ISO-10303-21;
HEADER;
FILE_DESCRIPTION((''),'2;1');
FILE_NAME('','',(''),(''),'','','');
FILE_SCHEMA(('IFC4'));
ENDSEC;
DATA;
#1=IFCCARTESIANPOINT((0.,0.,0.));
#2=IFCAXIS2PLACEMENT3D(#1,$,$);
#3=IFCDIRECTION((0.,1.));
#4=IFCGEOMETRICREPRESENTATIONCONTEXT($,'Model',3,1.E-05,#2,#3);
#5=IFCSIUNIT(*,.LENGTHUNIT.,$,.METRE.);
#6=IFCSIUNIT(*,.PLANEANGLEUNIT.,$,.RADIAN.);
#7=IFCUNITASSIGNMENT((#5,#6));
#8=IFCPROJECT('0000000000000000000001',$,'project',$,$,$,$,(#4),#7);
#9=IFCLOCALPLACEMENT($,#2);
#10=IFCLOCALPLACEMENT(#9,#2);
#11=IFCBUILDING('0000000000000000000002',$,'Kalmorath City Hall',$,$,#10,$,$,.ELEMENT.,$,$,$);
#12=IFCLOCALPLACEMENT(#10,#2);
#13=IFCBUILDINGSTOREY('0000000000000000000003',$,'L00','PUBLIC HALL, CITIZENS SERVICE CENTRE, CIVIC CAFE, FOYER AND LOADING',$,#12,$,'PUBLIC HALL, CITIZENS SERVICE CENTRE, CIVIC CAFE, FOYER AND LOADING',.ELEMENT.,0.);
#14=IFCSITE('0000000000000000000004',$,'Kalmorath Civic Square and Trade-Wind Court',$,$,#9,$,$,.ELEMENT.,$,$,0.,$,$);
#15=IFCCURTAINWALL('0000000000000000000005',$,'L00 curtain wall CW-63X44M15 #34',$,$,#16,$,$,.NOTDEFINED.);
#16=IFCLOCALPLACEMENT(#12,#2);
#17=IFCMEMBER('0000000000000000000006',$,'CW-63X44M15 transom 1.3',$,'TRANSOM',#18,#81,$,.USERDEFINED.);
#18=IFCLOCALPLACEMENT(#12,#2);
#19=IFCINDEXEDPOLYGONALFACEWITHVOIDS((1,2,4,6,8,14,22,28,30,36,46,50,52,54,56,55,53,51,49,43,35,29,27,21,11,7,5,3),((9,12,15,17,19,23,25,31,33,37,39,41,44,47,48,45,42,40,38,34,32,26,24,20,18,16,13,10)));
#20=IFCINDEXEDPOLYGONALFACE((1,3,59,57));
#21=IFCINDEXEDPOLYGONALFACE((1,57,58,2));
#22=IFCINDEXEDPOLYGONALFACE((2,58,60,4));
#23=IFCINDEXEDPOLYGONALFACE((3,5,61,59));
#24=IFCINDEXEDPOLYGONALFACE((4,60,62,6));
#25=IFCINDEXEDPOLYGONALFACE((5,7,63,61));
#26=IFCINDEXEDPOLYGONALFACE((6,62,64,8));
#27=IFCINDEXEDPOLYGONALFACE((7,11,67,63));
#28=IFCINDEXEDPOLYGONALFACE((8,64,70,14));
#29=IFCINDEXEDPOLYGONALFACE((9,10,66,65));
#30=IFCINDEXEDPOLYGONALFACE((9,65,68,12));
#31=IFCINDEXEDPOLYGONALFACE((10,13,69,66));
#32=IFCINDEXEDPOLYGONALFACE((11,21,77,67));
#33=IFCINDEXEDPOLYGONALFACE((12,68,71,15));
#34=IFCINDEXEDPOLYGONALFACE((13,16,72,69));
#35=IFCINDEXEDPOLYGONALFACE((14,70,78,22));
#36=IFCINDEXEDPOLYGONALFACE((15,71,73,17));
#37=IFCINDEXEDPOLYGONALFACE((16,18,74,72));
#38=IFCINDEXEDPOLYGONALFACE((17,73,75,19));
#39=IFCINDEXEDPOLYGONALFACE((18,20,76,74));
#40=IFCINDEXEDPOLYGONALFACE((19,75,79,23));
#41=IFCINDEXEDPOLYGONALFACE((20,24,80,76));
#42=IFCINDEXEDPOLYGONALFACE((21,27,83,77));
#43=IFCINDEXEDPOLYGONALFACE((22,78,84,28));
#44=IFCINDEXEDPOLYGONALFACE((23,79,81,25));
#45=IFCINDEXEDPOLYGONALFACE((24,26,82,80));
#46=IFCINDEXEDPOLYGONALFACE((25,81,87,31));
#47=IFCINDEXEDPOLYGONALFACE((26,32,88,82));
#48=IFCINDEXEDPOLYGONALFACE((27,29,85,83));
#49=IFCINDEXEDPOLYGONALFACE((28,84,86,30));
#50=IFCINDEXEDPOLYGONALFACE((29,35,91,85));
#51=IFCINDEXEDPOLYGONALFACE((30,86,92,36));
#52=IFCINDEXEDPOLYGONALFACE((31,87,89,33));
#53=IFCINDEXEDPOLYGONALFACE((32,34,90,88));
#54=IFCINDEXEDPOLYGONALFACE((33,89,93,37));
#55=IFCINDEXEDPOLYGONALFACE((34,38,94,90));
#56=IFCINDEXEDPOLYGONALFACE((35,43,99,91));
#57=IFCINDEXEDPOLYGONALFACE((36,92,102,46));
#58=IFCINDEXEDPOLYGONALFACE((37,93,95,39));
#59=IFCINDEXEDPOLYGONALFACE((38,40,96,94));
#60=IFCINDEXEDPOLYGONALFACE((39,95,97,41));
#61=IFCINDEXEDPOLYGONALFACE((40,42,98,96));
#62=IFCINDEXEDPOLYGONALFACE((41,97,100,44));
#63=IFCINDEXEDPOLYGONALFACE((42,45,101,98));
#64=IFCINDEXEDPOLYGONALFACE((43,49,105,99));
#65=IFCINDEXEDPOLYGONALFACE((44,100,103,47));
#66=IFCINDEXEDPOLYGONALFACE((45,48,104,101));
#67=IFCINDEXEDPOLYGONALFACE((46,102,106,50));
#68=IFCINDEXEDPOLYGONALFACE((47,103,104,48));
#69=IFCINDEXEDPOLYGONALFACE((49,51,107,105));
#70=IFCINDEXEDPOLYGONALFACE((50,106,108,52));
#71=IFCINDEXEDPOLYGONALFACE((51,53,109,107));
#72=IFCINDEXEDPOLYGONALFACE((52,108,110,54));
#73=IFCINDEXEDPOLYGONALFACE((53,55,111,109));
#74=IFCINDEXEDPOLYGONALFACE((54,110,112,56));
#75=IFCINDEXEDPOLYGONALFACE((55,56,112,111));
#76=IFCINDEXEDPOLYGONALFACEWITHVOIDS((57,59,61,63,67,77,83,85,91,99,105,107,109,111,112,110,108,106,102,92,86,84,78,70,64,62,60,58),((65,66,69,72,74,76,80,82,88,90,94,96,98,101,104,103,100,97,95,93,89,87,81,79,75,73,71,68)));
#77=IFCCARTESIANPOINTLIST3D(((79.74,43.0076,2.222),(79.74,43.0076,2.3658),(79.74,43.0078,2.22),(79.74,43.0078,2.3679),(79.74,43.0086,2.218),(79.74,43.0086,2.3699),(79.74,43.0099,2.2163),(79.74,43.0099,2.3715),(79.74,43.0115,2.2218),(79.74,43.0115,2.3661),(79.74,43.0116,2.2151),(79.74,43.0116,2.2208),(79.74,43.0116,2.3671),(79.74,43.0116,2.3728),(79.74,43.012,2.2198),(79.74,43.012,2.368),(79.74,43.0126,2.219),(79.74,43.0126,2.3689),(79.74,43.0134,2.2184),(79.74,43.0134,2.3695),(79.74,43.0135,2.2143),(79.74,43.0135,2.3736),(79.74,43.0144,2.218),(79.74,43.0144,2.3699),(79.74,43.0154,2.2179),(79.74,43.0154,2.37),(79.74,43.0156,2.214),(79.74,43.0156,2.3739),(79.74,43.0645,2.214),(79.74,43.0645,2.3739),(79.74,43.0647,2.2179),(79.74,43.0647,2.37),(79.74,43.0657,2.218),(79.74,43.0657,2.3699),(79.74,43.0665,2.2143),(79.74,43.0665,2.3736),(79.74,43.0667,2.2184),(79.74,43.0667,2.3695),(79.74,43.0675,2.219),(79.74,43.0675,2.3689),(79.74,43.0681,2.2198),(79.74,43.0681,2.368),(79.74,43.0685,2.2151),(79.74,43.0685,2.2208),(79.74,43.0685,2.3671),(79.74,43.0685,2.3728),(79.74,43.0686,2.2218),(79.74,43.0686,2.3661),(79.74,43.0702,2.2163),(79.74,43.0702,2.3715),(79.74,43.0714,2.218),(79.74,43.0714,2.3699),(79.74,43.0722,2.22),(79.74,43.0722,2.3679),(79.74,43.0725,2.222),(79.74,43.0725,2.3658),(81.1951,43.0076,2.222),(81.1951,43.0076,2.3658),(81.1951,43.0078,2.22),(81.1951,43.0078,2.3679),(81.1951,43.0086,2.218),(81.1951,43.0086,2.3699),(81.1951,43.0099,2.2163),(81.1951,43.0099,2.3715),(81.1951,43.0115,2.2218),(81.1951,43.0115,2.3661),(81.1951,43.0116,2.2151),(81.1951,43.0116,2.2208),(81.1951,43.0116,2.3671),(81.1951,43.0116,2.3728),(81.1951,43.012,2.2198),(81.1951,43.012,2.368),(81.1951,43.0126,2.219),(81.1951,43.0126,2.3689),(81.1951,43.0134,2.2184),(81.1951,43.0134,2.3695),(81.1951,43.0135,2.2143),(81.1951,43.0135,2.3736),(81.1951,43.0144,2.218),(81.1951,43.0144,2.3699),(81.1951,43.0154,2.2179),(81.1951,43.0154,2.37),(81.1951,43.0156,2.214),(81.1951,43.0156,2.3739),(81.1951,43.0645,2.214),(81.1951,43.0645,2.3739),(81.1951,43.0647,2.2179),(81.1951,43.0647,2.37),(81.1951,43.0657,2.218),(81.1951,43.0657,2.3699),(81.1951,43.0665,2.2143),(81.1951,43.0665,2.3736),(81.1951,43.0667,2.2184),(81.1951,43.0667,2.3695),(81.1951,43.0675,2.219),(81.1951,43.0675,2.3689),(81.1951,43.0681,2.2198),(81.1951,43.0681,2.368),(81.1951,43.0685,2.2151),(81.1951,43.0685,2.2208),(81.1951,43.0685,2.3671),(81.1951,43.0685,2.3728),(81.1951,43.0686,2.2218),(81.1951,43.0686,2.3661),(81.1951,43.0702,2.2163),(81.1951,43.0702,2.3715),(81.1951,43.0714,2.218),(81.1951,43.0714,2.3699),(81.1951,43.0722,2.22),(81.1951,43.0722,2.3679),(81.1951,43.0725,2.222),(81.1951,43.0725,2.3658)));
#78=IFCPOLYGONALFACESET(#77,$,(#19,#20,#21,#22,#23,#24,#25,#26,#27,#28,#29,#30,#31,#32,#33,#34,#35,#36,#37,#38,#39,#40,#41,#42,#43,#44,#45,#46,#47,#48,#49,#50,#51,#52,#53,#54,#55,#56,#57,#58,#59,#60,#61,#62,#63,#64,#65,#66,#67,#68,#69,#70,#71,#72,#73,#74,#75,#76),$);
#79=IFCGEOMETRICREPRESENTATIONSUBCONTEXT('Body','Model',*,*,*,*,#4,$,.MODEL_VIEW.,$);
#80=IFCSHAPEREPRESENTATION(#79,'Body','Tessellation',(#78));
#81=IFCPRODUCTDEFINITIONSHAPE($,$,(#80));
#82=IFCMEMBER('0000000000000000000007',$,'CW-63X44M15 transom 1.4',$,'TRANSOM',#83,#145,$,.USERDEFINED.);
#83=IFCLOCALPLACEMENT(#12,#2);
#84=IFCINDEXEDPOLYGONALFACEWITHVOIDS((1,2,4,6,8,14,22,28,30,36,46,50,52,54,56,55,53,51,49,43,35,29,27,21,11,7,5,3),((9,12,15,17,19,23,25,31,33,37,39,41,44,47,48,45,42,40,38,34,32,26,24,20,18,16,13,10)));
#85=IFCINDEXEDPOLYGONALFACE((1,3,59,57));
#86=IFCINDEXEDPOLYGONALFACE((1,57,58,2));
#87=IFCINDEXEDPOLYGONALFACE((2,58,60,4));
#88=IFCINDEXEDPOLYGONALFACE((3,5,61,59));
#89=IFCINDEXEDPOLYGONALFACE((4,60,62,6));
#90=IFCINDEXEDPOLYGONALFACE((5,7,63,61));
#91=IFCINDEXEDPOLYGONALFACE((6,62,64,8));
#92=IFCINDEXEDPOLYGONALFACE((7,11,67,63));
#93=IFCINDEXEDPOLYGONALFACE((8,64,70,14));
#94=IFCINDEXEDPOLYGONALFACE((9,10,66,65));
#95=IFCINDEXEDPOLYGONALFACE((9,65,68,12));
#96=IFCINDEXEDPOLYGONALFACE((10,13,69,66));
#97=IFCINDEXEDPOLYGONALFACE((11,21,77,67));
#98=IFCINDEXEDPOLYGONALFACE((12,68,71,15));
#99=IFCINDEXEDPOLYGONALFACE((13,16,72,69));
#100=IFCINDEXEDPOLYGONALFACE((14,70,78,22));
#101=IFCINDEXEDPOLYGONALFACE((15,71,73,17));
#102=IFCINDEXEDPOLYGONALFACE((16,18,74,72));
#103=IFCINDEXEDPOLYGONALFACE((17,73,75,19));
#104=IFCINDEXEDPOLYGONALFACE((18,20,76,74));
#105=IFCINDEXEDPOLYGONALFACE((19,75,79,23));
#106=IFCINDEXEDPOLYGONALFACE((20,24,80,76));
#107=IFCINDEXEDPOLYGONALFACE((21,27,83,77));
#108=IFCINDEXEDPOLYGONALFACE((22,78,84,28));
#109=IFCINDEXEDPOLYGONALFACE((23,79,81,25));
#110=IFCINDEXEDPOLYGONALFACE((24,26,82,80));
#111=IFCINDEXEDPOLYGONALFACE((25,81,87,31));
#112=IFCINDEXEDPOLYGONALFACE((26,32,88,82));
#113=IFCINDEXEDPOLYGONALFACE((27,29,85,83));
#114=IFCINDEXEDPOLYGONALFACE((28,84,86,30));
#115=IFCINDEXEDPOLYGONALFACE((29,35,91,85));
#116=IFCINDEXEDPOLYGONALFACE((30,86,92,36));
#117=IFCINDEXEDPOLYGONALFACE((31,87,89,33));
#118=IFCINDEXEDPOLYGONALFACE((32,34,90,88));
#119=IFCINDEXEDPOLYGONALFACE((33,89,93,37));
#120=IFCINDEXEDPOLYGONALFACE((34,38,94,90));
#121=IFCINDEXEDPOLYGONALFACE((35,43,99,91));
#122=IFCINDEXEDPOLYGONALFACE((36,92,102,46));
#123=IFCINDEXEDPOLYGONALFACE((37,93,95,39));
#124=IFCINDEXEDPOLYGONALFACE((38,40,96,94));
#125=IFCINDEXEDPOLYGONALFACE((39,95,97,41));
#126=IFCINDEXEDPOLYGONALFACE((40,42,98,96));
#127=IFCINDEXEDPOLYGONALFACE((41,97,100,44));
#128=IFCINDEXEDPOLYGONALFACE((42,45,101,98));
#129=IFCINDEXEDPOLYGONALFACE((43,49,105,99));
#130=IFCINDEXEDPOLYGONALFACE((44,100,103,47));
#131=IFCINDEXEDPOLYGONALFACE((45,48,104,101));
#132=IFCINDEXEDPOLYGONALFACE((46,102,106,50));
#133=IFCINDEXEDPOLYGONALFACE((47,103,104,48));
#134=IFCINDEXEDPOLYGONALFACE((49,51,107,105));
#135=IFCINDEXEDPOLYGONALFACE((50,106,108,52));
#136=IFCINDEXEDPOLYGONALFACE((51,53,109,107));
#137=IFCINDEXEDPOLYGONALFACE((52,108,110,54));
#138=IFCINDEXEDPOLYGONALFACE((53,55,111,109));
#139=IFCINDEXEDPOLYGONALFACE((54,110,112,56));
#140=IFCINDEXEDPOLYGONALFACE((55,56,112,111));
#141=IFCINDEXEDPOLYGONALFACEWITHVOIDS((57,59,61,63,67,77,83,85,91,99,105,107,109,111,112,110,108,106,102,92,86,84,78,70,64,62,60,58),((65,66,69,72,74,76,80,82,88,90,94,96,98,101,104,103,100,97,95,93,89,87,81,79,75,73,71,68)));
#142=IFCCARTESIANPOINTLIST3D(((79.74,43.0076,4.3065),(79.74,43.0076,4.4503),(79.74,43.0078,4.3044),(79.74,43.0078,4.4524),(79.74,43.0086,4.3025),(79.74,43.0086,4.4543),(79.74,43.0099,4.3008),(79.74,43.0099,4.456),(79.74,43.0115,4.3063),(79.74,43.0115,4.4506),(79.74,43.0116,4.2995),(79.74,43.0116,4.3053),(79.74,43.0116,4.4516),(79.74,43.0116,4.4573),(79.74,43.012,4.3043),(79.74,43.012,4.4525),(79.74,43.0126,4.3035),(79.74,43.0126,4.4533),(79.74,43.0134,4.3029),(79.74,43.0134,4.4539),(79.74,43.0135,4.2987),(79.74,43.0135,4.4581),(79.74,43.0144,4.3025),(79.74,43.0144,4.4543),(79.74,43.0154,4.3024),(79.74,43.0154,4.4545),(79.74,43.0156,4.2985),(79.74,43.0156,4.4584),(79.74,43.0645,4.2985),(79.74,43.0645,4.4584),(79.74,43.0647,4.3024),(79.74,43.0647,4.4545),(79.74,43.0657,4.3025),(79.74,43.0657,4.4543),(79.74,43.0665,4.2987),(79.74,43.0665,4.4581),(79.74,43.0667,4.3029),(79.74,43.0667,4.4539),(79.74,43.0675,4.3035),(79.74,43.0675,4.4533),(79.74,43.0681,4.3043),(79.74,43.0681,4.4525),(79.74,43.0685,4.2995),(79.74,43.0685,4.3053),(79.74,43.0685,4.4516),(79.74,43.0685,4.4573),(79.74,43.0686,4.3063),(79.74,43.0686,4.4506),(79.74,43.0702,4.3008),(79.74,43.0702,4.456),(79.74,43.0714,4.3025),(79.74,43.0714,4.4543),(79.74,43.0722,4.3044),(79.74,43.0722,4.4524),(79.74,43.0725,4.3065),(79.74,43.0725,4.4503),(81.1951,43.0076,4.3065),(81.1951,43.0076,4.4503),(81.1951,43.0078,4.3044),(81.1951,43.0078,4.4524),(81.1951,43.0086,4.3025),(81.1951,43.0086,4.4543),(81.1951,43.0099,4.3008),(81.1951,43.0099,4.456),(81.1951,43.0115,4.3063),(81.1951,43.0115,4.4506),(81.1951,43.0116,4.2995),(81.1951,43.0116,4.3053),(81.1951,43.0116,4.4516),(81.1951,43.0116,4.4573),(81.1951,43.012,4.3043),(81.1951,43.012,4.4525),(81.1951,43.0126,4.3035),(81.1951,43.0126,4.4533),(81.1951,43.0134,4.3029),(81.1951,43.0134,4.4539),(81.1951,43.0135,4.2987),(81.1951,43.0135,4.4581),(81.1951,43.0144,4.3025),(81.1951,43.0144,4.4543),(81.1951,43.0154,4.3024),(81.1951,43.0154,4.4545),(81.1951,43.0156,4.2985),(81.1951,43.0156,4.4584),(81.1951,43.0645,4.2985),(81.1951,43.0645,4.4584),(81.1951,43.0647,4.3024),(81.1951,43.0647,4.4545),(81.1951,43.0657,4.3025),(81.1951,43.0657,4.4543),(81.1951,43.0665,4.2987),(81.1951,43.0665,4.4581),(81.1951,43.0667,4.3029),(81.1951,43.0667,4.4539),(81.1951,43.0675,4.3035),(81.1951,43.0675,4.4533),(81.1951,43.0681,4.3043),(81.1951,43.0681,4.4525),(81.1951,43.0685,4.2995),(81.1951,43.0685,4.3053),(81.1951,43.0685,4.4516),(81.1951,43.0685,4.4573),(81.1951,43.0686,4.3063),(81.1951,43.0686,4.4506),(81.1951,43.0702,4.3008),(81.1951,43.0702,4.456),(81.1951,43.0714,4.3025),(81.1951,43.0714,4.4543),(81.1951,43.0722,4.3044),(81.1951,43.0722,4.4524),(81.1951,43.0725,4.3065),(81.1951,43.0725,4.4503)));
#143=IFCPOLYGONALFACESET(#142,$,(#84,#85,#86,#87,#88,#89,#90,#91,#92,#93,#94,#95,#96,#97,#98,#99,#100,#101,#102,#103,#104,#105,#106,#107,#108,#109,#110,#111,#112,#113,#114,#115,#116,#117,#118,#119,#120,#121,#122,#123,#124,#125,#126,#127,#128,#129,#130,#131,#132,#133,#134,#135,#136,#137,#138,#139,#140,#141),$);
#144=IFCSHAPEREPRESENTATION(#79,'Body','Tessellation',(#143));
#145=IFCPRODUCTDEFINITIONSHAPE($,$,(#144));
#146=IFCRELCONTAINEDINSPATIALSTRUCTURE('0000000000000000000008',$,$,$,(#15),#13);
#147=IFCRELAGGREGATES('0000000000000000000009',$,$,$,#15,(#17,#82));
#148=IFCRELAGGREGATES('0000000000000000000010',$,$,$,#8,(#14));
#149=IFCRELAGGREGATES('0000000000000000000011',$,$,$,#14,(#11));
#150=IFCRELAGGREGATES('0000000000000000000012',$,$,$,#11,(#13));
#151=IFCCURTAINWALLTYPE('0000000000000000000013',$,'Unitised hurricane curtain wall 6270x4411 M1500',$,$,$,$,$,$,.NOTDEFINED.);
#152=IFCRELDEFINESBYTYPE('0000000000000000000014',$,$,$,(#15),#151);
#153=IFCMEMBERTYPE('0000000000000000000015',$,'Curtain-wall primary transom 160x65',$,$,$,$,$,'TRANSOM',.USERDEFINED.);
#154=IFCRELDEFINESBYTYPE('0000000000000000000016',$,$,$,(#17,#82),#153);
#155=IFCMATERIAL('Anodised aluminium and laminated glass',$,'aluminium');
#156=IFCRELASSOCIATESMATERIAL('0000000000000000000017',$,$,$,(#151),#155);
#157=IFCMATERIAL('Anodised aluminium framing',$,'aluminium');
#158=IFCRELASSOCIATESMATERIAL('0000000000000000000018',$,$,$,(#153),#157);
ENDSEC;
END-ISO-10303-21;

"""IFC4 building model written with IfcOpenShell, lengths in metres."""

from ifc_helpers import new_model, si_unit, direction, frame, origin, origin_2d, place, context, subcontext, project, spatial, hollow_rectangle, extrude, material, material_profile, profile_set, type_object, element, aggregate, save


model = new_model("IFC4")

# Units and contexts
model_context = context("Model", 3, precision=1e-05, world=origin(), true_north=direction((0.0, 1.0)))
body_context = subcontext(model_context, "Body", "Model", "MODEL_VIEW")
ifc_project = project(units=[si_unit("LENGTHUNIT", "METRE"), si_unit("PLANEANGLEUNIT", "RADIAN")], contexts=[model_context])

# Site, building, storey
site_placement = place(None, origin())
site = spatial("IfcSite", under=ifc_project, at=site_placement, Name="Kalmorath Civic Square and Trade-Wind Court", CompositionType="ELEMENT", RefElevation=0.0)
building_placement = place(site_placement, origin())
building = spatial("IfcBuilding", under=site, at=building_placement, Name="Kalmorath City Hall", CompositionType="ELEMENT")
storey_placement = place(building_placement, origin())
storey = spatial("IfcBuildingStorey", under=building, at=storey_placement, Name="L00", Description="PUBLIC HALL, CITIZENS SERVICE CENTRE, CIVIC CAFE, FOYER AND LOADING", LongName="PUBLIC HALL, CITIZENS SERVICE CENTRE, CIVIC CAFE, FOYER AND LOADING", CompositionType="ELEMENT", Elevation=0.0)

# Curtain wall, members
ifc_material_1 = material(Name="Anodised aluminium and laminated glass", Category="aluminium")
curtain_wall_type_1 = type_object("IfcCurtainWallType", Name="Unitised hurricane curtain wall 6270x4411 M1500", PredefinedType="NOTDEFINED", material=ifc_material_1)
curtain_wall_1_placement = place(storey_placement, origin())
curtain_wall_1 = element("IfcCurtainWall", 1, at=curtain_wall_1_placement, inside=storey, type_object=curtain_wall_type_1, Name="L00 curtain wall CW-63X44M15 #34", PredefinedType="NOTDEFINED")
ifc_material_2 = material(Name="Anodised aluminium framing", Category="aluminium")
ifc_material_profile_1 = material_profile(ifc_material_2, hollow_rectangle(XDim=0.0649, YDim=0.1599, WallThickness=0.0039, InnerFilletRadius=0.0039, OuterFilletRadius=0.0081, at=origin_2d()), Name="ALU-TRN-160X65X4")
ifc_profile_set_1 = profile_set([ifc_material_profile_1], Name="Anodised aluminium framing")
member_type_1 = type_object("IfcMemberType", Name="Curtain-wall primary transom 160x65", ElementType="TRANSOM", PredefinedType="USERDEFINED", material=ifc_profile_set_1)
member_1_placement = place(storey_placement, frame((79.74, 43.04, 2.2939), z_axis=(1.0, 0.0, 0.0), x_axis=(0.0, 1.0, 0.0)))
member_1 = element("IfcMember", 2, at=member_1_placement, type_object=member_type_1, Name="CW-63X44M15 transom 1.3", ObjectType="TRANSOM", PredefinedType="USERDEFINED", context=body_context, shape_type="SweptSolid", body=[
    extrude(hollow_rectangle(XDim=0.0649, YDim=0.1599, WallThickness=0.0039, InnerFilletRadius=0.0039, OuterFilletRadius=0.0081, at=origin_2d()), origin(), (0.0, 0.0, 1.0), 1.4551),
])
member_2_placement = place(storey_placement, frame((79.74, 43.04, 4.3784), z_axis=(1.0, 0.0, 0.0), x_axis=(0.0, 1.0, 0.0)))
member_2 = element("IfcMember", 3, at=member_2_placement, type_object=member_type_1, Name="CW-63X44M15 transom 1.4", ObjectType="TRANSOM", PredefinedType="USERDEFINED", context=body_context, shape_type="SweptSolid", body=[
    extrude(hollow_rectangle(XDim=0.0649, YDim=0.1599, WallThickness=0.0039, InnerFilletRadius=0.0039, OuterFilletRadius=0.0081, at=origin_2d()), origin(), (0.0, 0.0, 1.0), 1.4551),
])

aggregate(curtain_wall_1, [member_1, member_2])

save(model, "model.ifc")
